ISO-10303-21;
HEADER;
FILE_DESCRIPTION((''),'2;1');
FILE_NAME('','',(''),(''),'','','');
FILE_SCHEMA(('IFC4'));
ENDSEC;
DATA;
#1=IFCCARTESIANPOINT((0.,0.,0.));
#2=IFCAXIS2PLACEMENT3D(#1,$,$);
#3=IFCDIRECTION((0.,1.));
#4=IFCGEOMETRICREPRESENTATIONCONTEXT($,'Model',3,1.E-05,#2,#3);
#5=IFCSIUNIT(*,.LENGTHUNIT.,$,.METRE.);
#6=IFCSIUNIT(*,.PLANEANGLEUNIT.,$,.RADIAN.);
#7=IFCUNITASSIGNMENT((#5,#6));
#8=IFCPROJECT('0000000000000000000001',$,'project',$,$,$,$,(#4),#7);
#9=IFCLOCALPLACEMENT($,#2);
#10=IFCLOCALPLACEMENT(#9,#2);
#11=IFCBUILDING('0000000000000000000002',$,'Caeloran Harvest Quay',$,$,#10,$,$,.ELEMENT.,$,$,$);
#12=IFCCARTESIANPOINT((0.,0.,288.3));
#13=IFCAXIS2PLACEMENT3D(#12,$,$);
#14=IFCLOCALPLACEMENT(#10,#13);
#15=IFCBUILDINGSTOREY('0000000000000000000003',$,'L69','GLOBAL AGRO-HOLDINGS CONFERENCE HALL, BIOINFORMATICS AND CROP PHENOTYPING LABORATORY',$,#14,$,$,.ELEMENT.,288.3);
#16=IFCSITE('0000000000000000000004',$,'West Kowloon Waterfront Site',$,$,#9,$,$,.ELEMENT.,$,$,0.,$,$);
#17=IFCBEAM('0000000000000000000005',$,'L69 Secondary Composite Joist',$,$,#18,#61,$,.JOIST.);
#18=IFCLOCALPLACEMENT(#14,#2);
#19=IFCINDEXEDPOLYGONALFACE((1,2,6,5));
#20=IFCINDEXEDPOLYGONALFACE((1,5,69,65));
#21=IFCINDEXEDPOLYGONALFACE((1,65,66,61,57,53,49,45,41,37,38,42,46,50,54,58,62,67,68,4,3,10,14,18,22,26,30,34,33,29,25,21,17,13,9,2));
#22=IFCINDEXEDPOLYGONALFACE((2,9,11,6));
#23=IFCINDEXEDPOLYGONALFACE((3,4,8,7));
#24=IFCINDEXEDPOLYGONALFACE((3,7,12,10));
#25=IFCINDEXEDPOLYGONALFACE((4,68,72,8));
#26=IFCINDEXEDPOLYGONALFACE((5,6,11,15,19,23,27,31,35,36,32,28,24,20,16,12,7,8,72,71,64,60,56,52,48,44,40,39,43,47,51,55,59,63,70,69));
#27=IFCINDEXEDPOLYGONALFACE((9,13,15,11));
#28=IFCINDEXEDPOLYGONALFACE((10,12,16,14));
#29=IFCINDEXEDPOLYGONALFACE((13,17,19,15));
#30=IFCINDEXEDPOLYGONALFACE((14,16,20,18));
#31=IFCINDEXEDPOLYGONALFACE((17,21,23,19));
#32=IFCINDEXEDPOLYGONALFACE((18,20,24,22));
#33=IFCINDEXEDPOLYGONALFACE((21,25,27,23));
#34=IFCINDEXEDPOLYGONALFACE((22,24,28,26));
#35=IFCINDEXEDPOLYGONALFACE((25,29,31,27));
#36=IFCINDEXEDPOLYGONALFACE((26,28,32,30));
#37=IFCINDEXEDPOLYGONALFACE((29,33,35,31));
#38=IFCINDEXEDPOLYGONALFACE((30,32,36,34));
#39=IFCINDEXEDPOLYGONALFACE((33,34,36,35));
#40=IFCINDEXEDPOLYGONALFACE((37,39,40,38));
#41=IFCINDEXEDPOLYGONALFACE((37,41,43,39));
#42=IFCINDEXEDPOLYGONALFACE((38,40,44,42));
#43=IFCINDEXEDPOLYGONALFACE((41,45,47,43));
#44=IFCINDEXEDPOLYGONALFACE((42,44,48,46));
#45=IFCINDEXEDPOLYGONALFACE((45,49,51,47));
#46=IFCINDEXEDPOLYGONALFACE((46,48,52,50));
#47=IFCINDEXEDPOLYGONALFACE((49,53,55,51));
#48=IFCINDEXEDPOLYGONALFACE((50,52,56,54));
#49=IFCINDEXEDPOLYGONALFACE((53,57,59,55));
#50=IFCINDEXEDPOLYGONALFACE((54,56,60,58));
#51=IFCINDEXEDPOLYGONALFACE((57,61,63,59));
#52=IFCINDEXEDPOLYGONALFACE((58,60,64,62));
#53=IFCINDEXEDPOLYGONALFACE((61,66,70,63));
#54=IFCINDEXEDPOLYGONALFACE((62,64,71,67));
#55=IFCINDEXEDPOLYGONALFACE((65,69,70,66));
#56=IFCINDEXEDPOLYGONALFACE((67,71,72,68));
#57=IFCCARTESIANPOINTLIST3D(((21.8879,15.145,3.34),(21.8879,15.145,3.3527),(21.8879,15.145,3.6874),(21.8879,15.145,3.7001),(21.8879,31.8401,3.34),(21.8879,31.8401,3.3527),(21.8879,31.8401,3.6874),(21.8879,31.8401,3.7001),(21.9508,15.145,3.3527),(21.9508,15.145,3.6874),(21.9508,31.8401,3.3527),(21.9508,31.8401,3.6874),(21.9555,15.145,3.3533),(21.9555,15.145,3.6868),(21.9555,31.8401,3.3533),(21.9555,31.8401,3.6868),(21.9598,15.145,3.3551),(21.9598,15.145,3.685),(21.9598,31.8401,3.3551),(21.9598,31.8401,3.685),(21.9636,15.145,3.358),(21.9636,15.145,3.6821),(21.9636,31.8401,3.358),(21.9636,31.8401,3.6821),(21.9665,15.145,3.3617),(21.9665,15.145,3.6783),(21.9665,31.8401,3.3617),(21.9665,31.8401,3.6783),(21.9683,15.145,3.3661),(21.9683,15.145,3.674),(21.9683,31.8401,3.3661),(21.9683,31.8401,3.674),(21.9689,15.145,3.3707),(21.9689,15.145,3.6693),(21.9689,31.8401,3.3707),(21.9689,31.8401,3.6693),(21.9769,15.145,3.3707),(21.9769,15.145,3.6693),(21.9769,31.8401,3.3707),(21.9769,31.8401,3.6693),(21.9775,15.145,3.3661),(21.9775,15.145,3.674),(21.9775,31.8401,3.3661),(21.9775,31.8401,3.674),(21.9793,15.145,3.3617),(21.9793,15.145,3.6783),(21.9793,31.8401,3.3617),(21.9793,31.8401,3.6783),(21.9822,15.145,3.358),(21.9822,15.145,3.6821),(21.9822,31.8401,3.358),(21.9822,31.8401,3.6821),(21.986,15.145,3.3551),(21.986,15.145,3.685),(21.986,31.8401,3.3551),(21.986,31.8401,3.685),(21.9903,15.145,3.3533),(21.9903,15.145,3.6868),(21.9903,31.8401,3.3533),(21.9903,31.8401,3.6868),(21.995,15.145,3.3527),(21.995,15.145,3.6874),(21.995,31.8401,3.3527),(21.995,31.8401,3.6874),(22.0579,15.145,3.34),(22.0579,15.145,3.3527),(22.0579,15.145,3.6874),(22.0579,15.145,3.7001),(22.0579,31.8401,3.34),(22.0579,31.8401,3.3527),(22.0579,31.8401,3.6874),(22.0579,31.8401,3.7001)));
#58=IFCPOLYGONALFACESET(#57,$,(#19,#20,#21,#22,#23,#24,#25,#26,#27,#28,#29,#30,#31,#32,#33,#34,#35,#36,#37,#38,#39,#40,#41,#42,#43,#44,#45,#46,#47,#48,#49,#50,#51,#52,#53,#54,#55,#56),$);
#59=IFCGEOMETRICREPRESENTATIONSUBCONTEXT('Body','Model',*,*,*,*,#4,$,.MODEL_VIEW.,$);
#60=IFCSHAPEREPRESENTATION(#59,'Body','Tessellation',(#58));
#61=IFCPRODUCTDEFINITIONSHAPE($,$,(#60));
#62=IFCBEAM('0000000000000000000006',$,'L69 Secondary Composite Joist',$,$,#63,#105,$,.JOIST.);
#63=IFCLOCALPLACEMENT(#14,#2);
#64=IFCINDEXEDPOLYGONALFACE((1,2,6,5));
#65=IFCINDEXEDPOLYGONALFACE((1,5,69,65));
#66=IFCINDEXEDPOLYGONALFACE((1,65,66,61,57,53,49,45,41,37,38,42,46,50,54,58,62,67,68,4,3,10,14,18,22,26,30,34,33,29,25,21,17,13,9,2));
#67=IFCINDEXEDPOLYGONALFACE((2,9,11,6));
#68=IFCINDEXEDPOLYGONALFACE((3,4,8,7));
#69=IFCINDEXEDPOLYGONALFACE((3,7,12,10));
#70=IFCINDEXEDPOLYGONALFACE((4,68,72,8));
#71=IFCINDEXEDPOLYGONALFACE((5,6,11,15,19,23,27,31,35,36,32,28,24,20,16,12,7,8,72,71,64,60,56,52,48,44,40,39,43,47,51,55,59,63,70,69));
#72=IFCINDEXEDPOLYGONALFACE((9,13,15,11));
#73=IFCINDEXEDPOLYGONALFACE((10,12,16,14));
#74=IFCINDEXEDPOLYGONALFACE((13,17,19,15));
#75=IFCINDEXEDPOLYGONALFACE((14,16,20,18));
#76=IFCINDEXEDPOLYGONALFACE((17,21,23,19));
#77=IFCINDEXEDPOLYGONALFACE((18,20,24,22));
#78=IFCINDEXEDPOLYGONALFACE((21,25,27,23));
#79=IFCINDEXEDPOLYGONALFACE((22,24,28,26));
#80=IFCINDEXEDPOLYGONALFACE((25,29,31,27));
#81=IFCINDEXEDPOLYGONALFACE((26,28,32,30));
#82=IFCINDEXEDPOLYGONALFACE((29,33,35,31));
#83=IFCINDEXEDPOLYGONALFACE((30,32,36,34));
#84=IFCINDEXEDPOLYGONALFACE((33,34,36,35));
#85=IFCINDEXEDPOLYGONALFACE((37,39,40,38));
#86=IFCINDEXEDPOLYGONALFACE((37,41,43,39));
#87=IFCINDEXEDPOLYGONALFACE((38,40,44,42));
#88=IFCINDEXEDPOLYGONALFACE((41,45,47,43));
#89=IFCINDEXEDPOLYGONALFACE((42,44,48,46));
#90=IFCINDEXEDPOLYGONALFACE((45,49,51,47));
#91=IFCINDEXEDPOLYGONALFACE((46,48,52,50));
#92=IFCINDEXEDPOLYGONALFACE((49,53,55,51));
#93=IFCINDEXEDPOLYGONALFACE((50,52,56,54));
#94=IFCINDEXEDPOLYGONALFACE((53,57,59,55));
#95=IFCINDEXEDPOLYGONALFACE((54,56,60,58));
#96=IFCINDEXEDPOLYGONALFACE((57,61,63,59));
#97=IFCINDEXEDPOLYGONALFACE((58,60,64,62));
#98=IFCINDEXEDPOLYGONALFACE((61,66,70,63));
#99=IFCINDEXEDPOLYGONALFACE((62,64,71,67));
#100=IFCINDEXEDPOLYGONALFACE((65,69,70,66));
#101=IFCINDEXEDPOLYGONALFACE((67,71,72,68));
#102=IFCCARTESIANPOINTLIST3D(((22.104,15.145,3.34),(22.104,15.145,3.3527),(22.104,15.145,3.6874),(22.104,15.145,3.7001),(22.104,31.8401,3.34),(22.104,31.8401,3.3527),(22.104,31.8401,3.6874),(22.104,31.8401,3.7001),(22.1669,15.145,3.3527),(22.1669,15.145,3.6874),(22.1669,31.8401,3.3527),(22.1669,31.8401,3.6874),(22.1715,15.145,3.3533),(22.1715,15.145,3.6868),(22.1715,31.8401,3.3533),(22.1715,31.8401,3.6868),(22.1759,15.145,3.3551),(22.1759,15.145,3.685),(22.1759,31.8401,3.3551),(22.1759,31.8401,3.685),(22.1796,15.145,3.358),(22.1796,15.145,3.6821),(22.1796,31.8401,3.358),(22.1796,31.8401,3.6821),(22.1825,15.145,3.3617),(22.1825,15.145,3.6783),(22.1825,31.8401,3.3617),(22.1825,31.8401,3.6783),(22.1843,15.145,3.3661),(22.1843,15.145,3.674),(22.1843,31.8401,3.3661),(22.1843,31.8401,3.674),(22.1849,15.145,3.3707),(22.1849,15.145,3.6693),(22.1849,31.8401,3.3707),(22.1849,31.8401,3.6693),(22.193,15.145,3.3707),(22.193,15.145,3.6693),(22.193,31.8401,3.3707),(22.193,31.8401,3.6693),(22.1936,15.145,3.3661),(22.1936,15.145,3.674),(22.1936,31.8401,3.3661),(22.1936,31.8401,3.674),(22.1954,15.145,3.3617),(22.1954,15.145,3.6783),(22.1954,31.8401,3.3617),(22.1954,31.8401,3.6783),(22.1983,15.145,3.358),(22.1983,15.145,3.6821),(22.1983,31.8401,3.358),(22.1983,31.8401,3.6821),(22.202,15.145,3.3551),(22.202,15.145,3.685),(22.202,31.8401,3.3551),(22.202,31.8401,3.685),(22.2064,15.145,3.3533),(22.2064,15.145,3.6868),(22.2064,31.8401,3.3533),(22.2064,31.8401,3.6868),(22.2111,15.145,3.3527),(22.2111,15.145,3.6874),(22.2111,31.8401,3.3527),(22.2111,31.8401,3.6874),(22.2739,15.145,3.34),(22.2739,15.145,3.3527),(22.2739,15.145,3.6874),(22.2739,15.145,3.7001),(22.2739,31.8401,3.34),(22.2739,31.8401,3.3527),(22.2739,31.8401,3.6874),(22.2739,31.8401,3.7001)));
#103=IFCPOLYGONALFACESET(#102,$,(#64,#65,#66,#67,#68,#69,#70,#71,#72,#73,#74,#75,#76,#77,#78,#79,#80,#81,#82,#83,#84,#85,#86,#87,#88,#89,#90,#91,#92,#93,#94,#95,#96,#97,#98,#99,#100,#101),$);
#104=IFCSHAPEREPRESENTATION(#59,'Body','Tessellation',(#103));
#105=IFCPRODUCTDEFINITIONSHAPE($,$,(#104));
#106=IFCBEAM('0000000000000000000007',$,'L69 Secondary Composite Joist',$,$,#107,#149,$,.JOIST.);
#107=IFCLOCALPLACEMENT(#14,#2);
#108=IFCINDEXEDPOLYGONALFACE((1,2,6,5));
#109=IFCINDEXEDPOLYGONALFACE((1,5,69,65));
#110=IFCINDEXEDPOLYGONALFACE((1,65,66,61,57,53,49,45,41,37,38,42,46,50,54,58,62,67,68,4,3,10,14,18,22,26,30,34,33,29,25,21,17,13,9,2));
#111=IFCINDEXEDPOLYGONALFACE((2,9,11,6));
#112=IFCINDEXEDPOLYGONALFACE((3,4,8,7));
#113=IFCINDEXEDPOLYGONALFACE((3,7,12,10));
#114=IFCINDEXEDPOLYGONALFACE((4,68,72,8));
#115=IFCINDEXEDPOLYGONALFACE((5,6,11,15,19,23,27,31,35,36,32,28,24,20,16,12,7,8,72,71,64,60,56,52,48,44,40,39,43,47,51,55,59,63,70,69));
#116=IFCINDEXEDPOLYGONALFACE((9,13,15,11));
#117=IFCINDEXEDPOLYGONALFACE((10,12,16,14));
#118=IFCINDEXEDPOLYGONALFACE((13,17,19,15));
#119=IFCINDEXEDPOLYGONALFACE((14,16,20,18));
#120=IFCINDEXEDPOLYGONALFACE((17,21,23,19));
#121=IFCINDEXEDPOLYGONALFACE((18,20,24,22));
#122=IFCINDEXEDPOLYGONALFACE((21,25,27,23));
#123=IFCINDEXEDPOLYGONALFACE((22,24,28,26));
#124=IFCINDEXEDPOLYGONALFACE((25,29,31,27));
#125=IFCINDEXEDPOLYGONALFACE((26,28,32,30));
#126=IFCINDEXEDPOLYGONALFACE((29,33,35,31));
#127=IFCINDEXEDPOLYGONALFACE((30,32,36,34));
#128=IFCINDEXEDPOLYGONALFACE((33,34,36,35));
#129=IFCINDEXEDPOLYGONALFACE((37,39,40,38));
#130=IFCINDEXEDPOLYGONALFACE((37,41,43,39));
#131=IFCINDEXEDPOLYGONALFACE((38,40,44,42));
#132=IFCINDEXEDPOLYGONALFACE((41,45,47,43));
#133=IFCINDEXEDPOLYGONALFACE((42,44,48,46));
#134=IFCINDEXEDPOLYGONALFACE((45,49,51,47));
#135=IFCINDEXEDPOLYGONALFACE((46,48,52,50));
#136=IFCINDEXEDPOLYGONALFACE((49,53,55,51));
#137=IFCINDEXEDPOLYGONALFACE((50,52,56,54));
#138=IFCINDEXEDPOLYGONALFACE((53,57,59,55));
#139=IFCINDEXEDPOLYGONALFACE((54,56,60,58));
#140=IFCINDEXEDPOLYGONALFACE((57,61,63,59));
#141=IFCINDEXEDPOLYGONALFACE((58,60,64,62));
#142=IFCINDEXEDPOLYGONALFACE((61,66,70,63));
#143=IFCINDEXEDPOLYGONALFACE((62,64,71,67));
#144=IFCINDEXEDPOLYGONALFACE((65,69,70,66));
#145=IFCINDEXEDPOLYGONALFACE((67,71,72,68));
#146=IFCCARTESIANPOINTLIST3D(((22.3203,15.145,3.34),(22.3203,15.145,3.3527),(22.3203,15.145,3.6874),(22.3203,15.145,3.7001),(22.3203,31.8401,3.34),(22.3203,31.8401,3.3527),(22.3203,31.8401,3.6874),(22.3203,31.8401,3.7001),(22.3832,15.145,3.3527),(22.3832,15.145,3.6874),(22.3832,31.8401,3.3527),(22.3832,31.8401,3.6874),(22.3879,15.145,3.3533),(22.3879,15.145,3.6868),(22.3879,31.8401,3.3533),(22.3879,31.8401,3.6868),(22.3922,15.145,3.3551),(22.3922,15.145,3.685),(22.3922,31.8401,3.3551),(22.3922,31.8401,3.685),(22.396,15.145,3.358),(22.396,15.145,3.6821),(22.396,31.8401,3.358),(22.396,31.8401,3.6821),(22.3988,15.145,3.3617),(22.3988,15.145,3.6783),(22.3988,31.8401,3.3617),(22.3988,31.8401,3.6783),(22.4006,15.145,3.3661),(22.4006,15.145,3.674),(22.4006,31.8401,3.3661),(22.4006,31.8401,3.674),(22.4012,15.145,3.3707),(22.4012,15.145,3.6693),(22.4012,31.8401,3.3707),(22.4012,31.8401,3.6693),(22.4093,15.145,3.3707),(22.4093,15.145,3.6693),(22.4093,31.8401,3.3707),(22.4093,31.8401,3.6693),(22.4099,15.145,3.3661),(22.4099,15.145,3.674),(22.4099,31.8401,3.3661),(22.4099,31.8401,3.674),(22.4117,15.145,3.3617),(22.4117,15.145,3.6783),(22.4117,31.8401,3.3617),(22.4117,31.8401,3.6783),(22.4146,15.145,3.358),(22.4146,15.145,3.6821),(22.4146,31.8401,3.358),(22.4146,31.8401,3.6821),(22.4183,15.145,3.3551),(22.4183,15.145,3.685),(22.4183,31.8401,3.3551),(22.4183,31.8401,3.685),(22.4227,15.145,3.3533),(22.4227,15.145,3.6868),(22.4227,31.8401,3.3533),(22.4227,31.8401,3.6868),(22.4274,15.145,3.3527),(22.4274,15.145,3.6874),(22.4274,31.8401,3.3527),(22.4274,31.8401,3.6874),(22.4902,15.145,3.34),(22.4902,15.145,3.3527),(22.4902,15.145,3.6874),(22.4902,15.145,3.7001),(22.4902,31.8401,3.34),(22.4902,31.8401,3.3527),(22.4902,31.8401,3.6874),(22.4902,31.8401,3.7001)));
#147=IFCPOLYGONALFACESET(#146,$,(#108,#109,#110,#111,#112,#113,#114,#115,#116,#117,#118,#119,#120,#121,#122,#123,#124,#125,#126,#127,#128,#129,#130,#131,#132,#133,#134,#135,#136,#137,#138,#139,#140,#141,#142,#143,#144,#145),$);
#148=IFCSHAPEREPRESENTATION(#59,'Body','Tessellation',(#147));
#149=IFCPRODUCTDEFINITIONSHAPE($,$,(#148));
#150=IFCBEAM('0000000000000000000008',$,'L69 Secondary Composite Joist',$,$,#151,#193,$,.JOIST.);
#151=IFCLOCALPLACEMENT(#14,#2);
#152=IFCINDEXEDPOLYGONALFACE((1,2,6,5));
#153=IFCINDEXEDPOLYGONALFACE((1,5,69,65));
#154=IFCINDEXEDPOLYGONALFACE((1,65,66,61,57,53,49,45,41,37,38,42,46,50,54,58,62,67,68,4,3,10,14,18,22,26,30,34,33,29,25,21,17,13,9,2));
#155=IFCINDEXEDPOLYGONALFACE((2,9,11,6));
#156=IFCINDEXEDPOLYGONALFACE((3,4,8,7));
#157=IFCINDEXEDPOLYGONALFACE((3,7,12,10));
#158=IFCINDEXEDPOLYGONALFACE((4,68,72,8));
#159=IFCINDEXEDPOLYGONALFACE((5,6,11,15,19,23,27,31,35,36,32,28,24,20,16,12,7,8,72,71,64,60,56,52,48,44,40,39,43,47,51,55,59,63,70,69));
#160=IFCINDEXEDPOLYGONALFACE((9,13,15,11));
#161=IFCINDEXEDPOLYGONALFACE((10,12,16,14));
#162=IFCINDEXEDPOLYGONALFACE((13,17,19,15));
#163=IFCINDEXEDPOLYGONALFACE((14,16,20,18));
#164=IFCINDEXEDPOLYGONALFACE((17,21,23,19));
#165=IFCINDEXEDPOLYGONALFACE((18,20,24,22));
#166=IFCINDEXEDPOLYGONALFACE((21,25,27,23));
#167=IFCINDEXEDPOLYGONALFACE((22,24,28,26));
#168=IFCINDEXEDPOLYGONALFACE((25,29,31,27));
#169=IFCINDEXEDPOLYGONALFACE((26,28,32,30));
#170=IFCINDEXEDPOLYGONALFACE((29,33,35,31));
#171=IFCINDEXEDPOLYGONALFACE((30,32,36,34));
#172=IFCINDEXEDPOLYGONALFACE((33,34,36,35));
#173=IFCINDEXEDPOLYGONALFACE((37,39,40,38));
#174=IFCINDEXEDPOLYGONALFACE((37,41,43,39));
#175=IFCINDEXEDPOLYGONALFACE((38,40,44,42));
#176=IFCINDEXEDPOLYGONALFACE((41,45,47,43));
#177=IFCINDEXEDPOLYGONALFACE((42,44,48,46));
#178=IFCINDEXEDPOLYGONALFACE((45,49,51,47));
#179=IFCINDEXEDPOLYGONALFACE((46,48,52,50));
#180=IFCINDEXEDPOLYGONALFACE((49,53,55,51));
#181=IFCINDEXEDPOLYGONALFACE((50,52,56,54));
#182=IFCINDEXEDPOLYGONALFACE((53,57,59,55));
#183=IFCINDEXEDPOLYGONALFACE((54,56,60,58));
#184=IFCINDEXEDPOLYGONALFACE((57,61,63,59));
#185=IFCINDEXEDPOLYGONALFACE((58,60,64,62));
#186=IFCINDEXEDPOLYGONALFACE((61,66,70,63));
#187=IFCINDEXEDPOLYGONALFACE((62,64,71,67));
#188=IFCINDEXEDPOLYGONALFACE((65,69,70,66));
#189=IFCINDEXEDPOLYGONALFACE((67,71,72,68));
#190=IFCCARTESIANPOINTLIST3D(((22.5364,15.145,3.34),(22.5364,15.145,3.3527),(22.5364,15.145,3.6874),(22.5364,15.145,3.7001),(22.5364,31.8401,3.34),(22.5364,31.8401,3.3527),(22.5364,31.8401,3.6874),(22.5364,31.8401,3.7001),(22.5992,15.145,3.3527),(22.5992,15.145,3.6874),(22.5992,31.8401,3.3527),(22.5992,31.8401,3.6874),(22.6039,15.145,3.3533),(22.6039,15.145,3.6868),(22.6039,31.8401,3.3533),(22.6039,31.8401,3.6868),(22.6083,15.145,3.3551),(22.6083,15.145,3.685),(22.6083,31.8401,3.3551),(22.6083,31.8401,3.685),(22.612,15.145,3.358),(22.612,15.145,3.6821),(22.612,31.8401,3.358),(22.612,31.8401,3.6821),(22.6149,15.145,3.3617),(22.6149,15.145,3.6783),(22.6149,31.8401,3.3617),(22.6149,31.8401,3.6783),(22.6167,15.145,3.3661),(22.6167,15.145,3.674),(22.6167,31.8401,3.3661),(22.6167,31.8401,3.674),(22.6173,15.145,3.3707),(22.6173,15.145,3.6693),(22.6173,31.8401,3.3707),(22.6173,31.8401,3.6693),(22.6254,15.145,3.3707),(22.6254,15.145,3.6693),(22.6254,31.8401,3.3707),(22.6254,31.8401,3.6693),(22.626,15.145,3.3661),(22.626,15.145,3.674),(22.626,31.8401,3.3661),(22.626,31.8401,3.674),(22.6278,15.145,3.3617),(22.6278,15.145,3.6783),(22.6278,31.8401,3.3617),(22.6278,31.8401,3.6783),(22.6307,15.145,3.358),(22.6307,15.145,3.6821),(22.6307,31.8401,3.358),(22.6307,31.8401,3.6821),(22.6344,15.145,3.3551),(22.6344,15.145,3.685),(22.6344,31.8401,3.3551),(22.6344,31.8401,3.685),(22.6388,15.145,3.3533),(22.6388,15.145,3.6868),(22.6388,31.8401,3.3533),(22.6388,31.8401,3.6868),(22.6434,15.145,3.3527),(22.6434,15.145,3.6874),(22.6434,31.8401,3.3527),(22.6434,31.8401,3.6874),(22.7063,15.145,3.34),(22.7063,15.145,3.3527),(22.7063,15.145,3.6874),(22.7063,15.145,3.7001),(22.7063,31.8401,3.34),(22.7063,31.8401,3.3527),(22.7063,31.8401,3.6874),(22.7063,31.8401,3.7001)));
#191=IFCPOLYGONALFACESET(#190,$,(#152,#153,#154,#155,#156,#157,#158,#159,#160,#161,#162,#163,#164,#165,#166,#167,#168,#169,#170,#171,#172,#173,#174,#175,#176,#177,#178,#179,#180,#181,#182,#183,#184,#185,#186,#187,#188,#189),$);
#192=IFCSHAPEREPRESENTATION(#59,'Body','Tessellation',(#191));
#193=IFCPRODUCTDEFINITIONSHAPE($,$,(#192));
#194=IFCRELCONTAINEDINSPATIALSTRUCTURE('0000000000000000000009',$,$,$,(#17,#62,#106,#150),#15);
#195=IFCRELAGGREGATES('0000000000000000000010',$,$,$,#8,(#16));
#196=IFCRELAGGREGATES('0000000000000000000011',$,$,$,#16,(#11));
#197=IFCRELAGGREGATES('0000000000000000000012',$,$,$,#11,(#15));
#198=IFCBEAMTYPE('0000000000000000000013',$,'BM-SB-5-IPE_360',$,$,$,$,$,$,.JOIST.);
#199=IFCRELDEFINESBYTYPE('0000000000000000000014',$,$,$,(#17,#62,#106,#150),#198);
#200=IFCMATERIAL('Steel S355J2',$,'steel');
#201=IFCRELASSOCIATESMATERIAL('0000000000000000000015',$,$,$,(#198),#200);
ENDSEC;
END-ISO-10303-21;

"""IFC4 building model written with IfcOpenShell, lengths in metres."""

from ifc_helpers import new_model, si_unit, direction, frame, origin, origin_2d, place, context, subcontext, project, spatial, i_section, extrude, material, material_profile, profile_set, type_object, element, save


model = new_model("IFC4")

# Units and contexts
model_context = context("Model", 3, precision=1e-05, world=origin(), true_north=direction((0.0, 1.0)))
body_context = subcontext(model_context, "Body", "Model", "MODEL_VIEW")
ifc_project = project(units=[si_unit("LENGTHUNIT", "METRE"), si_unit("PLANEANGLEUNIT", "RADIAN")], contexts=[model_context])

# Site, building, storey
site_placement = place(None, origin())
site = spatial("IfcSite", under=ifc_project, at=site_placement, Name="West Kowloon Waterfront Site", CompositionType="ELEMENT", RefElevation=0.0)
building_placement = place(site_placement, origin())
building = spatial("IfcBuilding", under=site, at=building_placement, Name="Caeloran Harvest Quay", CompositionType="ELEMENT")
storey_placement = place(building_placement, frame((0.0, 0.0, 288.3)))
storey = spatial("IfcBuildingStorey", under=building, at=storey_placement, Name="L69", Description="GLOBAL AGRO-HOLDINGS CONFERENCE HALL, BIOINFORMATICS AND CROP PHENOTYPING LABORATORY", CompositionType="ELEMENT", Elevation=288.3)

# Beams
ifc_material_1 = material(Name="Steel S355J2", Category="steel")
ifc_material_profile_1 = material_profile(ifc_material_1, i_section(OverallWidth=0.1699, OverallDepth=0.3601, WebThickness=0.0081, FlangeThickness=0.0127, FilletRadius=0.0181, at=origin_2d()), Name="IPE 360")
ifc_profile_set_1 = profile_set([ifc_material_profile_1], Name="Steel S355J2")
beam_type_1 = type_object("IfcBeamType", Name="BM-SB-5-IPE_360", PredefinedType="JOIST", material=ifc_profile_set_1)
for number, where, z_axis, x_axis, name in (
    (1, (21.9729, 15.145, 3.52), (0.0, 1.0, 0.0), (-1.0, 0.0, 0.0), "L69 Secondary Composite Joist"),
    (2, (22.189, 15.145, 3.52), (0.0, 1.0, 0.0), (-1.0, 0.0, 0.0), "L69 Secondary Composite Joist"),
    (3, (22.4053, 15.145, 3.52), (0.0, 1.0, 0.0), (-1.0, 0.0, 0.0), "L69 Secondary Composite Joist"),
    (4, (22.6213, 15.145, 3.52), (0.0, 1.0, 0.0), (-1.0, 0.0, 0.0), "L69 Secondary Composite Joist"),
):
    element("IfcBeam", number, at=place(storey_placement, frame(where, z_axis=z_axis, x_axis=x_axis)), inside=storey, type_object=beam_type_1, Name=name, PredefinedType="JOIST", context=body_context, shape_type="SweptSolid", body=[
        extrude(i_section(OverallWidth=0.1699, OverallDepth=0.3601, WebThickness=0.0081, FlangeThickness=0.0127, FilletRadius=0.0181, at=origin_2d()), origin(), (0.0, 0.0, 1.0), 16.6951),
    ])

save(model, "model.ifc")
